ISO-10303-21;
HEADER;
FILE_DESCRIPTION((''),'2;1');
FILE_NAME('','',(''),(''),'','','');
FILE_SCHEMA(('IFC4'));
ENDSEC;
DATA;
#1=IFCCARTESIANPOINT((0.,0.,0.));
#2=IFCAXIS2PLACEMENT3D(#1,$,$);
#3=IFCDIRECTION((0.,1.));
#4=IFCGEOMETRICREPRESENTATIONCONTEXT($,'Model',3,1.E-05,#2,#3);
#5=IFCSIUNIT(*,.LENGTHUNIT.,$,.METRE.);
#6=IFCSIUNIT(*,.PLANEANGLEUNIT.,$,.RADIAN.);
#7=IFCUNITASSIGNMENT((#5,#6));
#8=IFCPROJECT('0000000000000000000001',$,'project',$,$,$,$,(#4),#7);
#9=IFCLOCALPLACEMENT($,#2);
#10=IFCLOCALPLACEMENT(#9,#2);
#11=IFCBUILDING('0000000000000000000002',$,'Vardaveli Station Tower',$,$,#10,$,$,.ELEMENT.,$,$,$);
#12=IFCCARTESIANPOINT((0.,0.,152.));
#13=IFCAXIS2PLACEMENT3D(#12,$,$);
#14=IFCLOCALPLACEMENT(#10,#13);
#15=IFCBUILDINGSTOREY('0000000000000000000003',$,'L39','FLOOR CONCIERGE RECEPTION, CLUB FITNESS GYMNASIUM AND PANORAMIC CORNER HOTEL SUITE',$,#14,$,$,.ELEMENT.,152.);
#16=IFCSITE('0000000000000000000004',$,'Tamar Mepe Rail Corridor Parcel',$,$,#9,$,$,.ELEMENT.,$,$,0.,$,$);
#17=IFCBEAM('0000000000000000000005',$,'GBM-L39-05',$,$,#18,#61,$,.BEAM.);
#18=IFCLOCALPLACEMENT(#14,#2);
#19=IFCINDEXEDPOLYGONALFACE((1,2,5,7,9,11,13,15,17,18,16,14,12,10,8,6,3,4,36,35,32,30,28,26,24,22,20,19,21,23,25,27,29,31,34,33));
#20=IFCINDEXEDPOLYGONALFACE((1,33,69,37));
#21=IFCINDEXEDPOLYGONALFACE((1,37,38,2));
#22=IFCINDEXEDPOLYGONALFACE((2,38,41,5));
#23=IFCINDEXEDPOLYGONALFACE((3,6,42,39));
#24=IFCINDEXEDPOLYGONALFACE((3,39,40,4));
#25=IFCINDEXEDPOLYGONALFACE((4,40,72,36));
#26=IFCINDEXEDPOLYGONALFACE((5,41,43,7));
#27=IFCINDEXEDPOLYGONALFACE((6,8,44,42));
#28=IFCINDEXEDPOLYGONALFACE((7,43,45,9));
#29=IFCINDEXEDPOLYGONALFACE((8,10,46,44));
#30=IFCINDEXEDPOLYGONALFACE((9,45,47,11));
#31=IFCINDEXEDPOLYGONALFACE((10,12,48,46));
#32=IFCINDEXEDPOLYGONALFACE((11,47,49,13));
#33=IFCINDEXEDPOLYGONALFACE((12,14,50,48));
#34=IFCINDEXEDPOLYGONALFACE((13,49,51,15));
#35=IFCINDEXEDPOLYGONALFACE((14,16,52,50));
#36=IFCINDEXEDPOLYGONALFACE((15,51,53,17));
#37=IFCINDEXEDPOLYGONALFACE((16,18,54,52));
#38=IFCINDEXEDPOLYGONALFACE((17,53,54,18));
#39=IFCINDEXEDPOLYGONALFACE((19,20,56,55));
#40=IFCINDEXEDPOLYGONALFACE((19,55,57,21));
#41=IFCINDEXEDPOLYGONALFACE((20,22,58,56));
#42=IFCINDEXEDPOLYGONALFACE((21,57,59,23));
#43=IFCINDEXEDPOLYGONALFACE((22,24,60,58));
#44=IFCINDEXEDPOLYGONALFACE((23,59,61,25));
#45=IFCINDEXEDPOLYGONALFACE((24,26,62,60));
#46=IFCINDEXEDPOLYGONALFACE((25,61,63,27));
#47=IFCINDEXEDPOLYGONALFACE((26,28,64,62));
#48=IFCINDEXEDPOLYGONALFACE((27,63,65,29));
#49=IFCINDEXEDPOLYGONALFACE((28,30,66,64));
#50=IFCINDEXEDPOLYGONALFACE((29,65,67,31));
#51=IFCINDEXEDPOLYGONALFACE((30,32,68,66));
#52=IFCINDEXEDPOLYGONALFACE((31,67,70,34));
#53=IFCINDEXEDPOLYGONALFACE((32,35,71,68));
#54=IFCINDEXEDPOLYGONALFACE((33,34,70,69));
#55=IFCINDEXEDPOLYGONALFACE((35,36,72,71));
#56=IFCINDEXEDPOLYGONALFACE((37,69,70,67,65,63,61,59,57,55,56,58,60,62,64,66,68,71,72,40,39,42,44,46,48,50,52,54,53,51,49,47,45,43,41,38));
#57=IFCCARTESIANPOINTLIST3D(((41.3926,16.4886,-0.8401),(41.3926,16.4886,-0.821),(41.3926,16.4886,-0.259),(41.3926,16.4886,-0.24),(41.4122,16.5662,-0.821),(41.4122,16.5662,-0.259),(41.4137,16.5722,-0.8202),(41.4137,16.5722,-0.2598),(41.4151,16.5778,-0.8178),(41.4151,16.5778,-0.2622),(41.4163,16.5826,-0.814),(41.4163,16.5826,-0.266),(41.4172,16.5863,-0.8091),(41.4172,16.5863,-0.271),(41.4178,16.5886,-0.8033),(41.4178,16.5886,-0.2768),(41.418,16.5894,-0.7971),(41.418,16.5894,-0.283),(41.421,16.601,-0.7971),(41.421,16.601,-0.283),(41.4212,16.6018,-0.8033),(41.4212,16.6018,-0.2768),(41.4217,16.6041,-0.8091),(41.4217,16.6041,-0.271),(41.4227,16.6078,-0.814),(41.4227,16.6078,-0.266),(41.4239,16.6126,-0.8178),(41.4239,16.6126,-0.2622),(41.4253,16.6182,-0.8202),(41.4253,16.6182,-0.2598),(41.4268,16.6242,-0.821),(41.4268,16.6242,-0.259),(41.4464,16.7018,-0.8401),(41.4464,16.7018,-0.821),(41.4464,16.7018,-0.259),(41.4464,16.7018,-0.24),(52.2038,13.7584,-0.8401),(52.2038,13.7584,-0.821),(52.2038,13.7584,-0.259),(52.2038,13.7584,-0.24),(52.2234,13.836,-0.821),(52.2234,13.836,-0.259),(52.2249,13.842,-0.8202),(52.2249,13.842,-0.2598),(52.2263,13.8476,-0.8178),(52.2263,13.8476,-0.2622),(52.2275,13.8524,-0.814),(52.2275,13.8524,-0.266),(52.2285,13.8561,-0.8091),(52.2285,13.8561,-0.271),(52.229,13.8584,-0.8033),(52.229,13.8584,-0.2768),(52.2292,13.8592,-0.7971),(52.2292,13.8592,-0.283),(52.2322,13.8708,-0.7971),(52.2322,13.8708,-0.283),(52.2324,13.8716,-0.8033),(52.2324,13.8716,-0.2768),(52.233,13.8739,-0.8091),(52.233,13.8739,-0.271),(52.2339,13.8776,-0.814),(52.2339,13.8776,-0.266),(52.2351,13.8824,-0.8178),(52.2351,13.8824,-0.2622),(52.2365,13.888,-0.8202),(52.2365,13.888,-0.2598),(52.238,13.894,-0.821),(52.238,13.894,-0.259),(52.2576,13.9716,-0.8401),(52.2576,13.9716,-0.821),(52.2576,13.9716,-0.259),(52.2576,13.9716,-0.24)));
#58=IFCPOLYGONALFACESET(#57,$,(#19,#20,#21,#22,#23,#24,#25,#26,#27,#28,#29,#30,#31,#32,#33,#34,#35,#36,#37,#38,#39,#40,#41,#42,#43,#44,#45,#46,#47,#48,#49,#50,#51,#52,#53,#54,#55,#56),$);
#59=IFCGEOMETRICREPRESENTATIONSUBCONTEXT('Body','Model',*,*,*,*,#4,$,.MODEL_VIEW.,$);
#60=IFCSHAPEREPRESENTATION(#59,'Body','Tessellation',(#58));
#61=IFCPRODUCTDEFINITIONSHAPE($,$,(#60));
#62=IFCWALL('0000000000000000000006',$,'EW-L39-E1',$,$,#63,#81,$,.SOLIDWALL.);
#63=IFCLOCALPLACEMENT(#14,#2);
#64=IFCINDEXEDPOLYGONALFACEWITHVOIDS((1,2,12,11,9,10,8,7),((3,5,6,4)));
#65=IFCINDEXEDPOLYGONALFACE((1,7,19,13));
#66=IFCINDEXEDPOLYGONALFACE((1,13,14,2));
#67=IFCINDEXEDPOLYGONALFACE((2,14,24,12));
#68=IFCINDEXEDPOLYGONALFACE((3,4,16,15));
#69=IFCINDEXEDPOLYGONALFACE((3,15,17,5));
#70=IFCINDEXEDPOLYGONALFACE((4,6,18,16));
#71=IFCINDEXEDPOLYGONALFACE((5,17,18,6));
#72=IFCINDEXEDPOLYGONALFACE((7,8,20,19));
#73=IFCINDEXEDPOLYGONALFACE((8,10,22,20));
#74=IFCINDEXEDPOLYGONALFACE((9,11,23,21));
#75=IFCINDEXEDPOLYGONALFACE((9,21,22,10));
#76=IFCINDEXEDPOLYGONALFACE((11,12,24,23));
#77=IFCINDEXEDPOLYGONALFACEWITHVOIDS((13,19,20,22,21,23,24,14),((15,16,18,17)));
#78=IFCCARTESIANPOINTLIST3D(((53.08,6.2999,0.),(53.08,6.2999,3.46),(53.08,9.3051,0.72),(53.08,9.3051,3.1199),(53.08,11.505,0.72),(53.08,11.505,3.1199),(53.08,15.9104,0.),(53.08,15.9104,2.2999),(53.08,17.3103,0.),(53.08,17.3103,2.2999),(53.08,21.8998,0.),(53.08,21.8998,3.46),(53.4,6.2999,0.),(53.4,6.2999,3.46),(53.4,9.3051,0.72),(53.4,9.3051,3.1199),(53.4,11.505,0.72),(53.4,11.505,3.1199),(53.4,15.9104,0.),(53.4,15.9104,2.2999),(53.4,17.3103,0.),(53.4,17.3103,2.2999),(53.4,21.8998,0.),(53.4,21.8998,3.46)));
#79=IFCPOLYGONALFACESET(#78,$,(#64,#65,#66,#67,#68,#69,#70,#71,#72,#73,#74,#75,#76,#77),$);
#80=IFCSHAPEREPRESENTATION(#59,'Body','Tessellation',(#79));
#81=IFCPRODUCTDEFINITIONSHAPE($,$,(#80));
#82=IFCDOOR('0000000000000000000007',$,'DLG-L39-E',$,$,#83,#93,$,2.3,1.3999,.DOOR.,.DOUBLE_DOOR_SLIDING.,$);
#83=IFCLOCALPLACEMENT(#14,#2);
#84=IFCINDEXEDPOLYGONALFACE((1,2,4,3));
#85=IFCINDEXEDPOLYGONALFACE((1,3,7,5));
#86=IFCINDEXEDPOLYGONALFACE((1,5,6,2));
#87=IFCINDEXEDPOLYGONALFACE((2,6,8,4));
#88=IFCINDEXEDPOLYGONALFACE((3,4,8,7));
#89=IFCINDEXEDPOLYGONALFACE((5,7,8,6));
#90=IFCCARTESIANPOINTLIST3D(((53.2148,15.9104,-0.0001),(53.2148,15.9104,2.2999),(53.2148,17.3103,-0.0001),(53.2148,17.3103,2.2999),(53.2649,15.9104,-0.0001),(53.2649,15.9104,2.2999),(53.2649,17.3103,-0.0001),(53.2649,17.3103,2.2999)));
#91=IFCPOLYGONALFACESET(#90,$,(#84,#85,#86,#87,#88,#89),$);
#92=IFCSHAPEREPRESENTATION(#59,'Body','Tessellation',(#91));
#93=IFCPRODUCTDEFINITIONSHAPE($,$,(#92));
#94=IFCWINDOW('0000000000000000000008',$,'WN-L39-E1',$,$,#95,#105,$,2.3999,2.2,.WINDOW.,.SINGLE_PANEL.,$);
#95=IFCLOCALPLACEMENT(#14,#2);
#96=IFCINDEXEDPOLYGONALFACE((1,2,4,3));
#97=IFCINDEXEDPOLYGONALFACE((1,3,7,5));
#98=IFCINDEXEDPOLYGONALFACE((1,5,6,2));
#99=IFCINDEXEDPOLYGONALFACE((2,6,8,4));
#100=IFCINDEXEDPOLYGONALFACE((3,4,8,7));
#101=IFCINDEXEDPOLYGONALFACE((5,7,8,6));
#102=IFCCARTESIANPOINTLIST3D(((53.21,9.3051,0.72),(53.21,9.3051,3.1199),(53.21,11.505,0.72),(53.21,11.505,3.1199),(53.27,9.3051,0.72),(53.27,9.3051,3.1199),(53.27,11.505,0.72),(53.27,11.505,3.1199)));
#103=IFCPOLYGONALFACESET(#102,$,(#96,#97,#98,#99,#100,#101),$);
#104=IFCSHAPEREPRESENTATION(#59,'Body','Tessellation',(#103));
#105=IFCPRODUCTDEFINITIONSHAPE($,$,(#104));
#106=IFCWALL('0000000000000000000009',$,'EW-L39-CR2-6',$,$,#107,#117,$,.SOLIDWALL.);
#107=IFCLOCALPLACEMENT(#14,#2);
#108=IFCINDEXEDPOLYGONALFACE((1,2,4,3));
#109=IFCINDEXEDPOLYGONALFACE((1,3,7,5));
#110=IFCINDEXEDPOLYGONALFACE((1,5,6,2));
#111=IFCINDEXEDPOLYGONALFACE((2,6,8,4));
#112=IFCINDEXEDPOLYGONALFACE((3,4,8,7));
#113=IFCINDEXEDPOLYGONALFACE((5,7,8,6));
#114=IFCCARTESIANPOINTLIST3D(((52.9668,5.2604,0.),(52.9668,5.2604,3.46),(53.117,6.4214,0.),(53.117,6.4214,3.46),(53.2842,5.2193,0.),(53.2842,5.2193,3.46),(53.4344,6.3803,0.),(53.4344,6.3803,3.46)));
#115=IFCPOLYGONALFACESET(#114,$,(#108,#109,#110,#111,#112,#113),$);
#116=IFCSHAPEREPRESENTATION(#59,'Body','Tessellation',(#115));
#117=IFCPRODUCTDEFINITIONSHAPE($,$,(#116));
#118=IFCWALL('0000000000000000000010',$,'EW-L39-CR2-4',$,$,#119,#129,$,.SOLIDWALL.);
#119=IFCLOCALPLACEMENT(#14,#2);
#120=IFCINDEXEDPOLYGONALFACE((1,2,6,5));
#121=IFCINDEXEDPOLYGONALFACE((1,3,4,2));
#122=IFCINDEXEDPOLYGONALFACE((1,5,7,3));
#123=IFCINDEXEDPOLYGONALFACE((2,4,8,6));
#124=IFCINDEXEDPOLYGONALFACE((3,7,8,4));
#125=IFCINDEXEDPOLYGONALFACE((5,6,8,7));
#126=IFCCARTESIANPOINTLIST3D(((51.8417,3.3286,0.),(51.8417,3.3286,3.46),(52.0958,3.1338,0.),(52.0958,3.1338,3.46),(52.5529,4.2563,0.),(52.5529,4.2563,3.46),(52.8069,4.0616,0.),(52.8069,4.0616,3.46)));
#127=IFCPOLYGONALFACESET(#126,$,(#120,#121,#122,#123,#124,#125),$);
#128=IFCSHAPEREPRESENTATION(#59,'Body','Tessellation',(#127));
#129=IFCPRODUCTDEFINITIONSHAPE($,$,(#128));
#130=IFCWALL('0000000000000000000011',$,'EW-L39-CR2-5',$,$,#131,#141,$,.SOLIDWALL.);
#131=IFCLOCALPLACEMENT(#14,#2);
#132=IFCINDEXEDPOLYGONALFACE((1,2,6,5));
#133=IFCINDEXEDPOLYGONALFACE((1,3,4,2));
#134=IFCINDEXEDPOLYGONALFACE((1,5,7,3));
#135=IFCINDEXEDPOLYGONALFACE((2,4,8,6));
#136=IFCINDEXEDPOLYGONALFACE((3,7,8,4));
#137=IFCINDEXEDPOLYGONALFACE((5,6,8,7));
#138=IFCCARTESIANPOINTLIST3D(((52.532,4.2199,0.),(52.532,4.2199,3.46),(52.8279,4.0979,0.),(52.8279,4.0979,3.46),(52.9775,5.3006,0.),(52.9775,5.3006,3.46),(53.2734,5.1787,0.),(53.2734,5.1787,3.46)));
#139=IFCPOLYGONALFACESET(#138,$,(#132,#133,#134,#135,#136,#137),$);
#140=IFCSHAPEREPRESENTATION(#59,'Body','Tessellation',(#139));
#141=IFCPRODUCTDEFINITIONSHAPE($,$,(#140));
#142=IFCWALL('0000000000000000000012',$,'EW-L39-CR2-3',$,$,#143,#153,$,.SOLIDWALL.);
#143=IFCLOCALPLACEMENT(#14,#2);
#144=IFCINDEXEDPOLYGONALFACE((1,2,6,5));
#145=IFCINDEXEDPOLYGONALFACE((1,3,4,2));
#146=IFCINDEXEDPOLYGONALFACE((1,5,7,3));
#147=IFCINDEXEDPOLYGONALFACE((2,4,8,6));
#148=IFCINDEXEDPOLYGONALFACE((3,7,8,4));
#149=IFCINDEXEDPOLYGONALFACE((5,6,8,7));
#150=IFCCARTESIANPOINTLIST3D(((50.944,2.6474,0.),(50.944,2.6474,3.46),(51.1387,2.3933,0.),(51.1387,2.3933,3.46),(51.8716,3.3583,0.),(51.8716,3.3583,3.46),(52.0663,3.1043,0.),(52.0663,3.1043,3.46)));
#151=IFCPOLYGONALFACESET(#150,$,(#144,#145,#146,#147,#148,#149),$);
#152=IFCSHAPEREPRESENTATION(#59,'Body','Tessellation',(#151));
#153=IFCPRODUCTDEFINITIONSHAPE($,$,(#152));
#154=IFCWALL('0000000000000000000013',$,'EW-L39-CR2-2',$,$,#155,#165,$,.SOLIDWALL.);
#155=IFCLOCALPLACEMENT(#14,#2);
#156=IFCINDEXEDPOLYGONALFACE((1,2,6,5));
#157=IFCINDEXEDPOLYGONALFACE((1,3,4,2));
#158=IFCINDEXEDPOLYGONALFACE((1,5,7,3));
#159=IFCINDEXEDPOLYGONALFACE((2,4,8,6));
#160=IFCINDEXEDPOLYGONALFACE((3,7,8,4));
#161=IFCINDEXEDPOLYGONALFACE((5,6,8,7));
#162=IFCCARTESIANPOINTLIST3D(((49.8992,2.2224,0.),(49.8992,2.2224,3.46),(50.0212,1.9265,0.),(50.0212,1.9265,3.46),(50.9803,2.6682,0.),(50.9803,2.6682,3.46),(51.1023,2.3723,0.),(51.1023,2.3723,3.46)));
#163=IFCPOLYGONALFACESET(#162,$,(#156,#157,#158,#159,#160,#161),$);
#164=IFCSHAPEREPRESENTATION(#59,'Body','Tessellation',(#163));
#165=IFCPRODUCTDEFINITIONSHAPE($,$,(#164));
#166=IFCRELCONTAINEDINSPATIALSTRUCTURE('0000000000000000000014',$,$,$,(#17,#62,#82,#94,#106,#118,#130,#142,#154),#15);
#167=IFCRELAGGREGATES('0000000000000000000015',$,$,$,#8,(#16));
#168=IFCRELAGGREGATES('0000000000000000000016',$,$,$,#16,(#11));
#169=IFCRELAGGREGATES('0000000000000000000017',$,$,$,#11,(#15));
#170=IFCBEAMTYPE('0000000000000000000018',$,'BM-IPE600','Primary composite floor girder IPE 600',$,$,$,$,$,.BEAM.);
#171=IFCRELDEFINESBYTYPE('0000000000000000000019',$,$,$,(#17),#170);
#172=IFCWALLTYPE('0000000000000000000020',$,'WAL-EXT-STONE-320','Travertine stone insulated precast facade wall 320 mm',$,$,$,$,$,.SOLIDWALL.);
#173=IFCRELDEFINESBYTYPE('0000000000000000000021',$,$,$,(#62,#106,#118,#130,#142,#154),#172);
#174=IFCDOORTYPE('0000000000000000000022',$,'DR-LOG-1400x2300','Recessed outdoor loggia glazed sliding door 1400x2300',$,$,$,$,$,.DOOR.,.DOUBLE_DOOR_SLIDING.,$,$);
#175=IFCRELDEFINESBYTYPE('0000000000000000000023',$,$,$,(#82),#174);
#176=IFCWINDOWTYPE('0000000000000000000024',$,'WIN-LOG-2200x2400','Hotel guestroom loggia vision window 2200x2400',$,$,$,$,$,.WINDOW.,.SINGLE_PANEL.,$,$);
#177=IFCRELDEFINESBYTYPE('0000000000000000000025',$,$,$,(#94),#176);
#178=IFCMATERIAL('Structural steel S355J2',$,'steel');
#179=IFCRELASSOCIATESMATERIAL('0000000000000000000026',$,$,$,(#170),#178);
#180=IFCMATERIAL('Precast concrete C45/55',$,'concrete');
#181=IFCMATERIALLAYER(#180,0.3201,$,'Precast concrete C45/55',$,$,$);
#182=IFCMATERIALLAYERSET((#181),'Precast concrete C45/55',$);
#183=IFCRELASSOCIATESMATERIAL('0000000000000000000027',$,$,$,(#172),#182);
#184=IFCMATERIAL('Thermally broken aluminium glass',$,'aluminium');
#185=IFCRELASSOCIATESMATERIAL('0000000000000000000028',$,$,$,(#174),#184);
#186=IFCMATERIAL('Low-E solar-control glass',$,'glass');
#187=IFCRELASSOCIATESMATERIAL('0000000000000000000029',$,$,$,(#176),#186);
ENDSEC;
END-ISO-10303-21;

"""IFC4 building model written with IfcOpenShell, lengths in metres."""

from ifc_helpers import new_model, si_unit, direction, frame, frame_2d, origin, origin_2d, place, context, subcontext, project, spatial, rectangle, i_section, extrude, source, transform, mapped, material, layer, layer_set, material_profile, profile_set, type_object, element, fill, save


model = new_model("IFC4")

# Units and contexts
model_context = context("Model", 3, precision=1e-05, world=origin(), true_north=direction((0.0, 1.0)))
body_context = subcontext(model_context, "Body", "Model", "MODEL_VIEW")
ifc_project = project(units=[si_unit("LENGTHUNIT", "METRE"), si_unit("PLANEANGLEUNIT", "RADIAN")], contexts=[model_context])

# Site, building, storey
site_placement = place(None, origin())
site = spatial("IfcSite", under=ifc_project, at=site_placement, Name="Tamar Mepe Rail Corridor Parcel", CompositionType="ELEMENT", RefElevation=0.0)
building_placement = place(site_placement, origin())
building = spatial("IfcBuilding", under=site, at=building_placement, Name="Vardaveli Station Tower", CompositionType="ELEMENT")
storey_placement = place(building_placement, frame((0.0, 0.0, 152.0)))
storey = spatial("IfcBuildingStorey", under=building, at=storey_placement, Name="L39", Description="FLOOR CONCIERGE RECEPTION, CLUB FITNESS GYMNASIUM AND PANORAMIC CORNER HOTEL SUITE", CompositionType="ELEMENT", Elevation=152.0)

# Beam
ifc_material_1 = material(Name="Precast concrete C45/55", Category="concrete")
ifc_material_2 = material(Name="Structural steel S355J2", Category="steel")
ifc_material_profile_1 = material_profile(ifc_material_2, i_section(OverallWidth=0.22, OverallDepth=0.6001, WebThickness=0.012, FlangeThickness=0.019, FilletRadius=0.0239, at=origin_2d()), Name="IPE 600")
ifc_profile_set_1 = profile_set([ifc_material_profile_1], Name="Structural steel S355J2")
beam_type_1 = type_object("IfcBeamType", Name="BM-IPE600", Description="Primary composite floor girder IPE 600", PredefinedType="BEAM", material=ifc_profile_set_1)
shared_shape_1 = source(origin(), body_context, "Body", "SweptSolid", [
    extrude(i_section(OverallWidth=0.22, OverallDepth=0.6001, WebThickness=0.012, FlangeThickness=0.019, FilletRadius=0.0239, at=origin_2d()), origin(), (0.0, 0.0, 1.0), 11.1506),
])
beam_1_placement = place(storey_placement, frame((52.2307, 13.865, -0.54), z_axis=(-0.969561, 0.244848, 0.0), x_axis=(-0.244848, -0.969561, 0.0)))
element("IfcBeam", 1, at=beam_1_placement, inside=storey, type_object=beam_type_1, Name="GBM-L39-05", PredefinedType="BEAM", context=body_context, shape_type="MappedRepresentation", body=[
    mapped(shared_shape_1, transform((0.0, 0.0, 0.0), scale=1.0)),
])

# Wall, openings, door, window
ifc_layer_1 = layer(ifc_material_1, 0.3201, Name="Precast concrete C45/55")
ifc_layer_set_1 = layer_set([ifc_layer_1], Name="Precast concrete C45/55")
wall_type_1 = type_object("IfcWallType", Name="WAL-EXT-STONE-320", Description="Travertine stone insulated precast facade wall 320 mm", PredefinedType="SOLIDWALL", material=ifc_layer_set_1)
shared_shape_2 = source(origin(), body_context, "Body", "SweptSolid", [
    extrude(rectangle(XDim=15.5999, YDim=0.3201, at=frame_2d((7.7998, 0.0))), origin(), (0.0, 0.0, 1.0), 3.46),
])
wall_1_placement = place(storey_placement, frame((53.24, 6.3, 0.0), z_axis=(0.0, 0.0, 1.0), x_axis=(0.0, 1.0, 0.0)))
wall_1 = element("IfcWall", 2, at=wall_1_placement, inside=storey, type_object=wall_type_1, Name="EW-L39-E1", PredefinedType="SOLIDWALL", context=body_context, shape_type="MappedRepresentation", body=[
    mapped(shared_shape_2, transform((0.0, 0.0, 0.0), scale=1.0)),
])
shared_shape_3 = source(origin(), body_context, "Body", "SweptSolid", [
    extrude(rectangle(XDim=1.3999, YDim=2.3, at=frame_2d((0.7, 1.1499))), frame((0.0, 0.1699, 0.0), z_axis=(0.0, -1.0, 0.0), x_axis=(1.0, 0.0, 0.0)), (0.0, 0.0, 1.0), 0.3401),
])
opening_1_placement = place(wall_1_placement, frame((9.6104, 0.0, 0.0)))
opening_1 = element("IfcOpeningElement", 3, at=opening_1_placement, cuts=wall_1, PredefinedType="OPENING", context=body_context, shape_type="MappedRepresentation", body=[
    mapped(shared_shape_3, transform((0.0, 0.0, 0.0), scale=1.0)),
])
shared_shape_4 = source(origin(), body_context, "Body", "SweptSolid", [
    extrude(rectangle(XDim=2.2, YDim=2.3999, at=frame_2d((1.1001, 1.2))), frame((0.0, 0.1699, 0.0), z_axis=(0.0, -1.0, 0.0), x_axis=(1.0, 0.0, 0.0)), (0.0, 0.0, 1.0), 0.3401),
])
opening_2_placement = place(wall_1_placement, frame((3.0049, 0.0, 0.72)))
opening_2 = element("IfcOpeningElement", 4, at=opening_2_placement, cuts=wall_1, PredefinedType="OPENING", context=body_context, shape_type="MappedRepresentation", body=[
    mapped(shared_shape_4, transform((0.0, 0.0, 0.0), scale=1.0)),
])
ifc_material_3 = material(Name="Thermally broken aluminium glass", Category="aluminium")
door_type_1 = type_object("IfcDoorType", Name="DR-LOG-1400x2300", Description="Recessed outdoor loggia glazed sliding door 1400x2300", OperationType="DOUBLE_DOOR_SLIDING", PredefinedType="DOOR", material=ifc_material_3)
shared_shape_5 = source(origin(), body_context, "Body", "SweptSolid", [
    extrude(rectangle(XDim=1.3999, YDim=2.3, at=frame_2d((0.7, 1.1499))), frame((0.0, 0.0249, 0.0), z_axis=(0.0, -1.0, 0.0), x_axis=(1.0, 0.0, 0.0)), (0.0, 0.0, 1.0), 0.05),
])
door_1_placement = place(opening_1_placement, frame((1.3999, 0.0, 0.0), z_axis=(0.0, 0.0, 1.0), x_axis=(-1.0, 0.0, 0.0)))
door_1 = element("IfcDoor", 5, at=door_1_placement, inside=storey, type_object=door_type_1, Name="DLG-L39-E", OperationType="DOUBLE_DOOR_SLIDING", OverallHeight=2.3, OverallWidth=1.3999, PredefinedType="DOOR", context=body_context, shape_type="MappedRepresentation", body=[
    mapped(shared_shape_5, transform((0.0, 0.0, 0.0), scale=1.0)),
])
fill(opening_1, door_1)
ifc_material_4 = material(Name="Low-E solar-control glass", Category="glass")
window_type = type_object("IfcWindowType", Name="WIN-LOG-2200x2400", Description="Hotel guestroom loggia vision window 2200x2400", PartitioningType="SINGLE_PANEL", PredefinedType="WINDOW", material=ifc_material_4)
shared_shape_6 = source(origin(), body_context, "Body", "SweptSolid", [
    extrude(rectangle(XDim=2.2, YDim=2.3999, at=frame_2d((1.1001, 1.2))), frame((0.0, 0.03, 0.0), z_axis=(0.0, -1.0, 0.0), x_axis=(1.0, 0.0, 0.0)), (0.0, 0.0, 1.0), 0.0601),
])
window_placement = place(opening_2_placement, origin())
window = element("IfcWindow", 6, at=window_placement, inside=storey, type_object=window_type, Name="WN-L39-E1", OverallHeight=2.3999, OverallWidth=2.2, PartitioningType="SINGLE_PANEL", PredefinedType="WINDOW", context=body_context, shape_type="MappedRepresentation", body=[
    mapped(shared_shape_6, transform((0.0, 0.0, 0.0), scale=1.0)),
])
fill(opening_2, window)

# Walls
shared_shape_7 = source(origin(), body_context, "Body", "SweptSolid", [
    extrude(rectangle(XDim=1.1707, YDim=0.3201, at=frame_2d((0.5854, 0.0))), origin(), (0.0, 0.0, 1.0), 3.46),
])
wall_2_placement = place(storey_placement, frame((53.1255, 5.2397, 0.0), z_axis=(0.0, 0.0, 1.0), x_axis=(0.128269, 0.991739, 0.0)))
element("IfcWall", 7, at=wall_2_placement, inside=storey, type_object=wall_type_1, Name="EW-L39-CR2-6", PredefinedType="SOLIDWALL", context=body_context, shape_type="MappedRepresentation", body=[
    mapped(shared_shape_7, transform((0.0, 0.0, 0.0), scale=1.0)),
])
shared_shape_8 = source(origin(), body_context, "Body", "SweptSolid", [
    extrude(rectangle(XDim=1.1689, YDim=0.3201, at=frame_2d((0.5845, 0.0))), origin(), (0.0, 0.0, 1.0), 3.46),
])
for number, where, z_axis, x_axis, name in (
    (8, (51.9688, 3.2312, 0.0), (0.0, 0.0, 1.0), (0.608388, 0.79364, 0.0), "EW-L39-CR2-4"),
    (9, (52.6799, 4.1589, 0.0), (0.0, 0.0, 1.0), (0.381128, 0.924522, 0.0), "EW-L39-CR2-5"),
):
    element("IfcWall", number, at=place(storey_placement, frame(where, z_axis=z_axis, x_axis=x_axis)), inside=storey, type_object=wall_type_1, Name=name, PredefinedType="SOLIDWALL", context=body_context, shape_type="MappedRepresentation", body=[
        mapped(shared_shape_8, transform((0.0, 0.0, 0.0), scale=1.0)),
    ])
shared_shape_9 = source(origin(), body_context, "Body", "SweptSolid", [
    extrude(rectangle(XDim=1.1687, YDim=0.3201, at=frame_2d((0.5845, 0.0))), origin(), (0.0, 0.0, 1.0), 3.46),
])
wall_3_placement = place(storey_placement, frame((51.0413, 2.5203, 0.0), z_axis=(0.0, 0.0, 1.0), x_axis=(0.793664, 0.608357, 0.0)))
element("IfcWall", 10, at=wall_3_placement, inside=storey, type_object=wall_type_1, Name="EW-L39-CR2-3", PredefinedType="SOLIDWALL", context=body_context, shape_type="MappedRepresentation", body=[
    mapped(shared_shape_9, transform((0.0, 0.0, 0.0), scale=1.0)),
])
shared_shape_10 = source(origin(), body_context, "Body", "SweptSolid", [
    extrude(rectangle(XDim=1.1694, YDim=0.3201, at=frame_2d((0.5847, 0.0))), origin(), (0.0, 0.0, 1.0), 3.46),
])
wall_4_placement = place(storey_placement, frame((49.9602, 2.0745, 0.0), z_axis=(0.0, 0.0, 1.0), x_axis=(0.924479, 0.381233, 0.0)))
element("IfcWall", 11, at=wall_4_placement, inside=storey, type_object=wall_type_1, Name="EW-L39-CR2-2", PredefinedType="SOLIDWALL", context=body_context, shape_type="MappedRepresentation", body=[
    mapped(shared_shape_10, transform((0.0, 0.0, 0.0), scale=1.0)),
])

save(model, "model.ifc")
